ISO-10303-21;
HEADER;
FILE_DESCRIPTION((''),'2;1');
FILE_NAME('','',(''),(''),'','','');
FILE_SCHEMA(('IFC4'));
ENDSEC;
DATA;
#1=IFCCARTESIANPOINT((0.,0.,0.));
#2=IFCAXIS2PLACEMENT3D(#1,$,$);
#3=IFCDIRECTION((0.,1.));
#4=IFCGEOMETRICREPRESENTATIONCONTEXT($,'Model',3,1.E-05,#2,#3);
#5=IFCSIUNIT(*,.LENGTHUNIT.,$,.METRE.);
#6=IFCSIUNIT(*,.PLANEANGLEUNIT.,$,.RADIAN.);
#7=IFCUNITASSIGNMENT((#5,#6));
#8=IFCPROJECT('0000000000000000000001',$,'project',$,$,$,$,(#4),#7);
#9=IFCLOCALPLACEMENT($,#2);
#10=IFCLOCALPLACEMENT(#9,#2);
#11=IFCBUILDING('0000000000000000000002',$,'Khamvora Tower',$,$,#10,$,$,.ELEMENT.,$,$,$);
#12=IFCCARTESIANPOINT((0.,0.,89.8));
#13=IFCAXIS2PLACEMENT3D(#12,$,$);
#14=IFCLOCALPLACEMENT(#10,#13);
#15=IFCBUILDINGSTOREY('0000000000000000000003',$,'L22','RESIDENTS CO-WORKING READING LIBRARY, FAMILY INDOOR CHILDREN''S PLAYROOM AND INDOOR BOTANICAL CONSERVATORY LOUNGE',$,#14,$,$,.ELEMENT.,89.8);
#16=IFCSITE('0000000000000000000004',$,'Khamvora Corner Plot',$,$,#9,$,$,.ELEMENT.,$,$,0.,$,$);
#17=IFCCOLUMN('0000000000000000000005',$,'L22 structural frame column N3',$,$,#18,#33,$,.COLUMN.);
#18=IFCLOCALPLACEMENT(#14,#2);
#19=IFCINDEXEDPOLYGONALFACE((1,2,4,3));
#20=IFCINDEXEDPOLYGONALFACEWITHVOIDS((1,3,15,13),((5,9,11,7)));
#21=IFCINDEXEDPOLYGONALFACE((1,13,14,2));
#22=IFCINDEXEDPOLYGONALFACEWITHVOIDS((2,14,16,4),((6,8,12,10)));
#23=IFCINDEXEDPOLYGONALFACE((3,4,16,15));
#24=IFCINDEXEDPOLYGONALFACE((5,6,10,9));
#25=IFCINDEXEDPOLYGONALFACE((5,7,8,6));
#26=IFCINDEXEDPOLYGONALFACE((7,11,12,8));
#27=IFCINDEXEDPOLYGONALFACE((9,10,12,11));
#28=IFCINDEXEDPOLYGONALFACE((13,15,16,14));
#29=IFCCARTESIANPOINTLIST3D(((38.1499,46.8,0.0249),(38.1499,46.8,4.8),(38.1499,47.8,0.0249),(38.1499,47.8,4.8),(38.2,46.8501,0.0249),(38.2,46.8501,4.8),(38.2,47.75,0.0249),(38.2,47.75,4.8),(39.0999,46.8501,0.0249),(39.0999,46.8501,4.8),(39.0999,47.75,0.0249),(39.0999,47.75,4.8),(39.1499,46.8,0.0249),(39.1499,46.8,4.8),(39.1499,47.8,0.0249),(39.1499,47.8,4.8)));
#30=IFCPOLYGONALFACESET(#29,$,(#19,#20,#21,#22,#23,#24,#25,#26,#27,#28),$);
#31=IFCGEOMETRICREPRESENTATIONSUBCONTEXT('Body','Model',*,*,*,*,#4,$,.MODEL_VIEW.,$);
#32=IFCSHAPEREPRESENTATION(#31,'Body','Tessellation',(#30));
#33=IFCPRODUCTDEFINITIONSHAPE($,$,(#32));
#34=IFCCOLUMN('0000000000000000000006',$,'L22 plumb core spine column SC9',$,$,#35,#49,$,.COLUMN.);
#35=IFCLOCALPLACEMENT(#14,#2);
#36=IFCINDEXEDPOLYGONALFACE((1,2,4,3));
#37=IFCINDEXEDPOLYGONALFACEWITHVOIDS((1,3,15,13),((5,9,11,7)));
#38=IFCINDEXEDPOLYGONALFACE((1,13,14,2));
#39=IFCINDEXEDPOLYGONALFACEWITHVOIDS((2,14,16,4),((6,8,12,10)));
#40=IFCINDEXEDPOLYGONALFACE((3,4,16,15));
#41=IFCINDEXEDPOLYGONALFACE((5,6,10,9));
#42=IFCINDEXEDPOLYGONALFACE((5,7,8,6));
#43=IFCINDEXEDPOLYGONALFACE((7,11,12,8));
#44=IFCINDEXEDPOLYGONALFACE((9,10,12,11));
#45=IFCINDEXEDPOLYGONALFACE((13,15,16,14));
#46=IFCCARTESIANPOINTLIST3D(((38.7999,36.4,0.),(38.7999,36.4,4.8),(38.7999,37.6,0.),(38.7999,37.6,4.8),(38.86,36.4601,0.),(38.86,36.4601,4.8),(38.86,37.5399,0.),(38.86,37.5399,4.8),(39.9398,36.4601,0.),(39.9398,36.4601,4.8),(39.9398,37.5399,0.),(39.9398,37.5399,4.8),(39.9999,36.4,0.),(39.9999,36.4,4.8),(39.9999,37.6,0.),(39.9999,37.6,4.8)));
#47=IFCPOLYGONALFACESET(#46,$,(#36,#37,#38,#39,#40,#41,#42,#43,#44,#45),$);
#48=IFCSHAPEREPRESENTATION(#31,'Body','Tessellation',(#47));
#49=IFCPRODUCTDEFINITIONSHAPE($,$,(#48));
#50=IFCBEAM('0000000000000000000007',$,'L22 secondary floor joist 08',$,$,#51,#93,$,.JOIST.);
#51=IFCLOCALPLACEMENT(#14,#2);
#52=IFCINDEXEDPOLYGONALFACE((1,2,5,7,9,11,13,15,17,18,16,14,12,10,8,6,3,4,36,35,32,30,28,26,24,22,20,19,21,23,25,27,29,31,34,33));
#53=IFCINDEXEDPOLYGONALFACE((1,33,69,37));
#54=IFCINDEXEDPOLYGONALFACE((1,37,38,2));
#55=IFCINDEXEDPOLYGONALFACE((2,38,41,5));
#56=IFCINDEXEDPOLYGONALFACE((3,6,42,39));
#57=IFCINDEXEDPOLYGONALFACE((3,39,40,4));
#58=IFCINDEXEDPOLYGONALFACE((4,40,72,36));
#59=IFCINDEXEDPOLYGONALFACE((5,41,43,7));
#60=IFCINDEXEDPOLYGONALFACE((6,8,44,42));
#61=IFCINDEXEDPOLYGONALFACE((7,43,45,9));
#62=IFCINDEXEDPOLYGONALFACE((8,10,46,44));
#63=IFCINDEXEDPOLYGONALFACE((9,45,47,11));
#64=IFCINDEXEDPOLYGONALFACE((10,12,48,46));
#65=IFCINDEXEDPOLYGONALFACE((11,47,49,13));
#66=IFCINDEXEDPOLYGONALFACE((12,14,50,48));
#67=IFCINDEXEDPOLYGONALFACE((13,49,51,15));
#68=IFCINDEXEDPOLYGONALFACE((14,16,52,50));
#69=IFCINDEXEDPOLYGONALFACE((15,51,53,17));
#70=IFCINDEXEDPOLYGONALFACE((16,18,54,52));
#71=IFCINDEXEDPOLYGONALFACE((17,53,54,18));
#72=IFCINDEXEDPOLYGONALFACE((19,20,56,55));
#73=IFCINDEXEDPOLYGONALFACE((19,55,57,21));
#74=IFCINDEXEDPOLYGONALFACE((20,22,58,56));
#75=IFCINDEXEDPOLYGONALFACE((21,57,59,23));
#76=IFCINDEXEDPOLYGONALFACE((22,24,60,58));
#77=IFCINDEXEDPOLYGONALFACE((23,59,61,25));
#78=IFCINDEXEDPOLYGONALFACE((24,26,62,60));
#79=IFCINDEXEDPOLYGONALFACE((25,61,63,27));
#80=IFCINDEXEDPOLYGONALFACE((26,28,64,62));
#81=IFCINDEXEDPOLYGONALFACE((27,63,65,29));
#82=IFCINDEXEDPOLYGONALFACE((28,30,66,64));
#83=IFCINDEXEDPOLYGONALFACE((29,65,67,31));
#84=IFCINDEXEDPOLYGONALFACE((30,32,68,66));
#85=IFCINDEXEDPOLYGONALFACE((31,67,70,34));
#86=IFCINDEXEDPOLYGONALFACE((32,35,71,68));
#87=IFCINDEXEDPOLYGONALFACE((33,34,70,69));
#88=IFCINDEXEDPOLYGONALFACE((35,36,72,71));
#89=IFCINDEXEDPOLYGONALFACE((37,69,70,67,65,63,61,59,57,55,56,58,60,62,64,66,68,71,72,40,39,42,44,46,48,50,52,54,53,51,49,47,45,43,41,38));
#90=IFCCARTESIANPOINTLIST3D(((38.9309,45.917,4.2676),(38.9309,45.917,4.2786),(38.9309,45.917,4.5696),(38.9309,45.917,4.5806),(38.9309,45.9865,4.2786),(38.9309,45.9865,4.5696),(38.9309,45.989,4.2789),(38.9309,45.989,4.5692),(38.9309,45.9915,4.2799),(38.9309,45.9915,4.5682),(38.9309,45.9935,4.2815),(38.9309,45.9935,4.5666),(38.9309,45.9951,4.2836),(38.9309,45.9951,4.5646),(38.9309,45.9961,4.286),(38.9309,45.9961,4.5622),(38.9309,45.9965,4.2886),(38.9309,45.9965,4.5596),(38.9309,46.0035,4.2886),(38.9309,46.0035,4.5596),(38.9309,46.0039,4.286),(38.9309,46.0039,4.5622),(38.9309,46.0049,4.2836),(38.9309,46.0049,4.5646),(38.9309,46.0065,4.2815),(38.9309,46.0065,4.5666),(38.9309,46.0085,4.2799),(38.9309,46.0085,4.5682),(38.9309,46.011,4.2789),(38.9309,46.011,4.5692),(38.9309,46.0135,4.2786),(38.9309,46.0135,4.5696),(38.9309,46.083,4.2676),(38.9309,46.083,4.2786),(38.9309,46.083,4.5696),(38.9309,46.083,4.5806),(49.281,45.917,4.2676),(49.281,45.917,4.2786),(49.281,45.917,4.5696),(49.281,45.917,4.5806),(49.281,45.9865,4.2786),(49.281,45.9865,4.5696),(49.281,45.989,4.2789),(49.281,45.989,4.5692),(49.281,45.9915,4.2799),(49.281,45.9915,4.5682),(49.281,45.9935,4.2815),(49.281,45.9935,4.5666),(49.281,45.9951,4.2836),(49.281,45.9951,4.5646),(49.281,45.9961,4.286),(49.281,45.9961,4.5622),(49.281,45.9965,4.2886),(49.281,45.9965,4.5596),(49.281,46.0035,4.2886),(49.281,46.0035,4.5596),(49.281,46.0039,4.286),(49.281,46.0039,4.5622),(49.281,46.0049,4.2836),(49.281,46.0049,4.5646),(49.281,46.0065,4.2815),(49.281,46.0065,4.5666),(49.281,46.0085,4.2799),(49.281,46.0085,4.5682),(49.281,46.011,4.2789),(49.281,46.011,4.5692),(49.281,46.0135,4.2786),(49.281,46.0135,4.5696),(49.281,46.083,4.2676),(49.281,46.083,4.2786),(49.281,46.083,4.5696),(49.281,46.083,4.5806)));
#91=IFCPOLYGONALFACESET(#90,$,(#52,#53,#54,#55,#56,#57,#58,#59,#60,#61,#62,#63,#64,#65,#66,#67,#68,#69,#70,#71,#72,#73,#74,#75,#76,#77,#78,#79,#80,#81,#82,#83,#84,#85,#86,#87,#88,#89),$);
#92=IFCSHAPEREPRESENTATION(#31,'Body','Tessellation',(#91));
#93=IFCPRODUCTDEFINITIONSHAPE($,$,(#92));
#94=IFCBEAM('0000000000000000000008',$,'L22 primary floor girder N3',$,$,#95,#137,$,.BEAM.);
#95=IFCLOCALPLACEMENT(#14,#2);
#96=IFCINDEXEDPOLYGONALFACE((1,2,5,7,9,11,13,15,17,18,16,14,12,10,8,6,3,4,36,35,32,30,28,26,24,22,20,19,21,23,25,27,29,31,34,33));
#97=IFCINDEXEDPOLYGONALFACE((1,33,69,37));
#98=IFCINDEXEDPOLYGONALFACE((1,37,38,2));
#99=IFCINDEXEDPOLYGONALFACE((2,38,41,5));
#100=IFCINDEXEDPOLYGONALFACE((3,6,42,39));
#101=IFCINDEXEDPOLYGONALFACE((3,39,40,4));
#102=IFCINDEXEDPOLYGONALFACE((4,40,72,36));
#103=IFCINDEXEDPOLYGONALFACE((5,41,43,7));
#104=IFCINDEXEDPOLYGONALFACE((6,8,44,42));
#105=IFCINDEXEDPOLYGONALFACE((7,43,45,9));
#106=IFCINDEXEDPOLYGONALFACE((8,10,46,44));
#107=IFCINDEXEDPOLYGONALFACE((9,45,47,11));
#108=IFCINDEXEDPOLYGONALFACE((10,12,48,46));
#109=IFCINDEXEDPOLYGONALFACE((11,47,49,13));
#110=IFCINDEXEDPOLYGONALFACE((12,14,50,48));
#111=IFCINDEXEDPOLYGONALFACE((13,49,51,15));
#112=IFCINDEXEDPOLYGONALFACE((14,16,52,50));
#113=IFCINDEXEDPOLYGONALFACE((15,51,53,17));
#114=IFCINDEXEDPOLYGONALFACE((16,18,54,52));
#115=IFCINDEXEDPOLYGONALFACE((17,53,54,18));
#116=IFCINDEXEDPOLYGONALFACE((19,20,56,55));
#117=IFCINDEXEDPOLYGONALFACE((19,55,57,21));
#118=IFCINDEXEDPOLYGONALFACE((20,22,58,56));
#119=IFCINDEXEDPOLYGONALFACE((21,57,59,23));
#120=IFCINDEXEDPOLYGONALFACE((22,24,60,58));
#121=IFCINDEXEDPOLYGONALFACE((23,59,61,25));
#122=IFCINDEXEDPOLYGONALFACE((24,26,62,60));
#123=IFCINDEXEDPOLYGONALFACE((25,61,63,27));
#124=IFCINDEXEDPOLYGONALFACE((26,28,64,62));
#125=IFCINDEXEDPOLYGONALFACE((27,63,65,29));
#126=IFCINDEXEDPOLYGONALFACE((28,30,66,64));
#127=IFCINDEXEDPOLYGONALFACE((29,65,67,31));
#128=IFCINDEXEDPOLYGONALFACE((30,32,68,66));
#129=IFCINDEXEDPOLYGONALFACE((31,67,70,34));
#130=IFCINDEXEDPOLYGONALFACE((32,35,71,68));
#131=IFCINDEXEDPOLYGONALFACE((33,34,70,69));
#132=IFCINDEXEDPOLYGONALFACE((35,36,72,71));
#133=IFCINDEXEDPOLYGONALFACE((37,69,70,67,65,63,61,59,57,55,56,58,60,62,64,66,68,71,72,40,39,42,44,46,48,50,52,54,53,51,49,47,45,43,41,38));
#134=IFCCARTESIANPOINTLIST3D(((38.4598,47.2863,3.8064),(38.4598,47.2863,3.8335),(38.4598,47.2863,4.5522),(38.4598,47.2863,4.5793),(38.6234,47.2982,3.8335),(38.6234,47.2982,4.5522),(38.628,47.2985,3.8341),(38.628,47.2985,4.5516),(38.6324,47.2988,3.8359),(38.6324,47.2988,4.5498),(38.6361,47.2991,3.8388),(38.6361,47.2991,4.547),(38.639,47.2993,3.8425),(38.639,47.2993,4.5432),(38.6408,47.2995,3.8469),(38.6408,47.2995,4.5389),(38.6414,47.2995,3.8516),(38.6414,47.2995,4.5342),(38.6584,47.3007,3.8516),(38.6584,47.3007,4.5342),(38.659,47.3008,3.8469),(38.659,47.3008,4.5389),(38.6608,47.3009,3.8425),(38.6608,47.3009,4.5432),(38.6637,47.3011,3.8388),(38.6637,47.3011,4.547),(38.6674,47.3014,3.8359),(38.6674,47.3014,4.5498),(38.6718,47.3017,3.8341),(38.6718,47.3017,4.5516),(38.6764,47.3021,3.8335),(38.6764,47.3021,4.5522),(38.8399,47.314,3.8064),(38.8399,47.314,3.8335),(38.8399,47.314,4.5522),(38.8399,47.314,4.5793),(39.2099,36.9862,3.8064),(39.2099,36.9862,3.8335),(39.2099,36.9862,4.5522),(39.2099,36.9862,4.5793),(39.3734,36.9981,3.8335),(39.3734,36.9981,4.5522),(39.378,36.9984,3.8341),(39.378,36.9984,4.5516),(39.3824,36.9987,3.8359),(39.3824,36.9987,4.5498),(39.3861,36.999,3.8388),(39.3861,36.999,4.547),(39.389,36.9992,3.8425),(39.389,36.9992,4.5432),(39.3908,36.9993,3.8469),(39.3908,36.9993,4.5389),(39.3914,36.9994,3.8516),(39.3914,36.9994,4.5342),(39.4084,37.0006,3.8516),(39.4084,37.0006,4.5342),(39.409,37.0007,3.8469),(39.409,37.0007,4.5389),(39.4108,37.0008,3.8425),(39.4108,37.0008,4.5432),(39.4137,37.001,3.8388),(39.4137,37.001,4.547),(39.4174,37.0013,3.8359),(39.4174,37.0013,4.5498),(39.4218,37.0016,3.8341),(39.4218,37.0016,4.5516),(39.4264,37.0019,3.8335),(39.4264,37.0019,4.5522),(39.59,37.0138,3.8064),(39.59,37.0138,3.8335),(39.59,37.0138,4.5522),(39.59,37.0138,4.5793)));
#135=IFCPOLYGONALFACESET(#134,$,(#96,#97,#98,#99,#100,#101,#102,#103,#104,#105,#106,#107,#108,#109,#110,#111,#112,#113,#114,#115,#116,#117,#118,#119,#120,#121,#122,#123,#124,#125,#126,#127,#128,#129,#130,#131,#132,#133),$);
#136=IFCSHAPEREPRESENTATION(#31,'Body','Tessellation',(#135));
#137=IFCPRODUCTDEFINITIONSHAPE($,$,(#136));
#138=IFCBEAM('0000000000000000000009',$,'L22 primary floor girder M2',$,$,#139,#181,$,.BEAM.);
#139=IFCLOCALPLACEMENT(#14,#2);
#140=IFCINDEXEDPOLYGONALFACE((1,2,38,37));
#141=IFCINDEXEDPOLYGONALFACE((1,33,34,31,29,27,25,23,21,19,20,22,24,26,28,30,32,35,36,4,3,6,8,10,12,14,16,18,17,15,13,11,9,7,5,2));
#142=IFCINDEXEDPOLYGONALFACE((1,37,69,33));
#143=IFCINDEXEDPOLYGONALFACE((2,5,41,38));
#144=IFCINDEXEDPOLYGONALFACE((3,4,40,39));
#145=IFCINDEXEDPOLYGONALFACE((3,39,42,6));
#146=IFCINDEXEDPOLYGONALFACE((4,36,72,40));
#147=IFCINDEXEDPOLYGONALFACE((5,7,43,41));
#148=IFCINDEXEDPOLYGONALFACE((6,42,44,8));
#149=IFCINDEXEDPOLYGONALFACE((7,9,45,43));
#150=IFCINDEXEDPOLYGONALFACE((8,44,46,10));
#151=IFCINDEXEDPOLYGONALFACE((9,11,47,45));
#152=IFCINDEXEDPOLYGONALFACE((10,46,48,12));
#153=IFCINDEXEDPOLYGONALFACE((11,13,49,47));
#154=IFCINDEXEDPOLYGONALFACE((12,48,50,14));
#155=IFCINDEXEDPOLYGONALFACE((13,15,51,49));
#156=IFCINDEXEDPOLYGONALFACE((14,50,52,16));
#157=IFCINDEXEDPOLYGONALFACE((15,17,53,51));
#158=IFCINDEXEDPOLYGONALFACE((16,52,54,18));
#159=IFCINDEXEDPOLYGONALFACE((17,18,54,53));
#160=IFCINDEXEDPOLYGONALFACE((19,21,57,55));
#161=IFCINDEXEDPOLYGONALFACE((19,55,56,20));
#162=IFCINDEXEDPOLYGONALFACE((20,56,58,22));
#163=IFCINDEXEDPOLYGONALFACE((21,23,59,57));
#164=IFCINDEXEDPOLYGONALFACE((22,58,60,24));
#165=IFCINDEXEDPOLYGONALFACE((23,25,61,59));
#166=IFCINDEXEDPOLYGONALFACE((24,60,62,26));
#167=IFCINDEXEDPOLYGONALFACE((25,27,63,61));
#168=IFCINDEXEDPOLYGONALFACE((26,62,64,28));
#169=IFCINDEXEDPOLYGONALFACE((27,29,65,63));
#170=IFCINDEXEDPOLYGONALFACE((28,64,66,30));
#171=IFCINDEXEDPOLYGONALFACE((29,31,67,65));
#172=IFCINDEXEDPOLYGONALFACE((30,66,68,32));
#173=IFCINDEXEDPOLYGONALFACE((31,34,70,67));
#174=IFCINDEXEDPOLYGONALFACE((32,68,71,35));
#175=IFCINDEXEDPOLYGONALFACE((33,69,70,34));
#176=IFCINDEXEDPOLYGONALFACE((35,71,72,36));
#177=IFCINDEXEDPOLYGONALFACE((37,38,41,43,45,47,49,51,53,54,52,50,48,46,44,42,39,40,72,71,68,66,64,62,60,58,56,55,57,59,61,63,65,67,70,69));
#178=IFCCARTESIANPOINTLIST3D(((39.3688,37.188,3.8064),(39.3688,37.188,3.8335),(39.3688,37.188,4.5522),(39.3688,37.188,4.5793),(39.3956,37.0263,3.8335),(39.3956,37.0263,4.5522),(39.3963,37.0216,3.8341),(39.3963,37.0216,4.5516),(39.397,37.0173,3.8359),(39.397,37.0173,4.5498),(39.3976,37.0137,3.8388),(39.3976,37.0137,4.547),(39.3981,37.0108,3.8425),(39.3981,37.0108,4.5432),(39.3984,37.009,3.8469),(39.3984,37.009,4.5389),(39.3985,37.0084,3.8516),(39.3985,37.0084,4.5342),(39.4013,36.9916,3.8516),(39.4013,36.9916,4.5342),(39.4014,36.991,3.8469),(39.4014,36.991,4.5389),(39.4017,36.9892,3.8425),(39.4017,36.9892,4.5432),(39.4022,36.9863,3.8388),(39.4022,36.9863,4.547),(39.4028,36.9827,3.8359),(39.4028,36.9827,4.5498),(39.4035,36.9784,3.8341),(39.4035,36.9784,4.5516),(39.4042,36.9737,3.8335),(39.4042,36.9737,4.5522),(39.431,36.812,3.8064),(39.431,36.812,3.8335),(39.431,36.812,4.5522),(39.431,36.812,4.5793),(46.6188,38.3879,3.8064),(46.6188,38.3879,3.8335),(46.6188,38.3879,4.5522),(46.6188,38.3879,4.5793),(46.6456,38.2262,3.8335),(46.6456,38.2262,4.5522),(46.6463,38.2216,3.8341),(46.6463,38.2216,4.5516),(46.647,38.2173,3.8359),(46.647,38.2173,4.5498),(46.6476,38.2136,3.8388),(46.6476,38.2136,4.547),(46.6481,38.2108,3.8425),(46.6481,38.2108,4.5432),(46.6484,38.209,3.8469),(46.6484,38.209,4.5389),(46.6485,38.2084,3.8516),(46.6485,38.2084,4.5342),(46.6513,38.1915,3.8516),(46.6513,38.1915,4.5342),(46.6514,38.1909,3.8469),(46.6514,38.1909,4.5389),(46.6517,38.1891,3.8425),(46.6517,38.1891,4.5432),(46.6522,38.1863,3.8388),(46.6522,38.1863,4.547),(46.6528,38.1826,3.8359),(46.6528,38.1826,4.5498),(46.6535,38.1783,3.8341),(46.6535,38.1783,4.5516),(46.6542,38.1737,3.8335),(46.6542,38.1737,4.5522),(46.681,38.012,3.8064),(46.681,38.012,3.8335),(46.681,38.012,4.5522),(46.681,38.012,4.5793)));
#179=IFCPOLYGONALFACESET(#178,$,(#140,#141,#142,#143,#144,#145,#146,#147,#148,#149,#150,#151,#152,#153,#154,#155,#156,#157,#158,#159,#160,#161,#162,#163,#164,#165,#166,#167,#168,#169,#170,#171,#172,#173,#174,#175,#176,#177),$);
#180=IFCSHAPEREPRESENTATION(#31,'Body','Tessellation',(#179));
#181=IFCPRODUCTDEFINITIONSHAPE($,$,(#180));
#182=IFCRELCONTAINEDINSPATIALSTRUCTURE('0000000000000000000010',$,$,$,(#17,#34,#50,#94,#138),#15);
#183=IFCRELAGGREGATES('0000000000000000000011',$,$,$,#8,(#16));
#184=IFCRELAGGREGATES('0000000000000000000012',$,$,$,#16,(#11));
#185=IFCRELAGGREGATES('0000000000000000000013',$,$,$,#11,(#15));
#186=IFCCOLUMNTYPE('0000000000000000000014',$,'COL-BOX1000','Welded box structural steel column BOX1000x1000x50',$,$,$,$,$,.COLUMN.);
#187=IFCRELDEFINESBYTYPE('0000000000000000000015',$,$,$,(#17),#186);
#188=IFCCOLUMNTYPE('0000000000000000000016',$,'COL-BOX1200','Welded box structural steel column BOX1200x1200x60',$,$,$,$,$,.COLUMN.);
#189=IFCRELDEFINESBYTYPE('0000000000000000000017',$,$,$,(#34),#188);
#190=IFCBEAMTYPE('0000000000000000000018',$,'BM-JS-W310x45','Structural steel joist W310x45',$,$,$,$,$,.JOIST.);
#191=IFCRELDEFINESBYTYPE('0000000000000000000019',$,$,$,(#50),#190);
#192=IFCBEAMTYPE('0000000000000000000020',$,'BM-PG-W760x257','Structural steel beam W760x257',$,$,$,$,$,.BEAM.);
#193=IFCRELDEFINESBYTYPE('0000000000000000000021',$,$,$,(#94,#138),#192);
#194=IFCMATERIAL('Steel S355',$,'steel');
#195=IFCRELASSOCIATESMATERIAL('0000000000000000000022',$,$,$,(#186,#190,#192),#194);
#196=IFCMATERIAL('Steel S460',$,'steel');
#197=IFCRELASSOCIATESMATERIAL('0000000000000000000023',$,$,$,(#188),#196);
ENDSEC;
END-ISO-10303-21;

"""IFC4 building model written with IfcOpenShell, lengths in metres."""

from ifc_helpers import new_model, si_unit, direction, frame, origin, origin_2d, place, context, subcontext, project, spatial, hollow_rectangle, i_section, extrude, material, material_profile, profile_set, type_object, element, save


model = new_model("IFC4")

# Units and contexts
model_context = context("Model", 3, precision=1e-05, world=origin(), true_north=direction((0.0, 1.0)))
body_context = subcontext(model_context, "Body", "Model", "MODEL_VIEW")
ifc_project = project(units=[si_unit("LENGTHUNIT", "METRE"), si_unit("PLANEANGLEUNIT", "RADIAN")], contexts=[model_context])

# Site, building, storey
site_placement = place(None, origin())
site = spatial("IfcSite", under=ifc_project, at=site_placement, Name="Khamvora Corner Plot", CompositionType="ELEMENT", RefElevation=0.0)
building_placement = place(site_placement, origin())
building = spatial("IfcBuilding", under=site, at=building_placement, Name="Khamvora Tower", CompositionType="ELEMENT")
storey_placement = place(building_placement, frame((0.0, 0.0, 89.8)))
storey = spatial("IfcBuildingStorey", under=building, at=storey_placement, Name="L22", Description="RESIDENTS CO-WORKING READING LIBRARY, FAMILY INDOOR CHILDREN'S PLAYROOM AND INDOOR BOTANICAL CONSERVATORY LOUNGE", CompositionType="ELEMENT", Elevation=89.8)

# Columns
ifc_material_1 = material(Name="Steel S355", Category="steel")
ifc_material_profile_1 = material_profile(ifc_material_1, hollow_rectangle(XDim=1.0, YDim=1.0, WallThickness=0.05, at=origin_2d()), Name="BOX1000x1000x50")
ifc_profile_set_1 = profile_set([ifc_material_profile_1], Name="Steel S355")
column_type_1 = type_object("IfcColumnType", Name="COL-BOX1000", Description="Welded box structural steel column BOX1000x1000x50", PredefinedType="COLUMN", material=ifc_profile_set_1)
column_1_placement = place(storey_placement, frame((38.6499, 47.3, 0.0249), z_axis=(0.0, 0.0, 1.0), x_axis=(1.0, 0.0, 0.0)))
element("IfcColumn", 1, at=column_1_placement, inside=storey, type_object=column_type_1, Name="L22 structural frame column N3", PredefinedType="COLUMN", context=body_context, shape_type="SweptSolid", body=[
    extrude(hollow_rectangle(XDim=1.0, YDim=1.0, WallThickness=0.05, at=origin_2d()), origin(), (0.0, 0.0, 1.0), 4.7751),
])
ifc_material_2 = material(Name="Steel S460", Category="steel")
ifc_material_profile_2 = material_profile(ifc_material_2, hollow_rectangle(XDim=1.2, YDim=1.2, WallThickness=0.0601, at=origin_2d()), Name="BOX1200x1200x60")
ifc_profile_set_2 = profile_set([ifc_material_profile_2], Name="Steel S460")
column_type_2 = type_object("IfcColumnType", Name="COL-BOX1200", Description="Welded box structural steel column BOX1200x1200x60", PredefinedType="COLUMN", material=ifc_profile_set_2)
column_2_placement = place(storey_placement, frame((39.3999, 37.0, 0.0), z_axis=(0.0, 0.0, 1.0), x_axis=(1.0, 0.0, 0.0)))
element("IfcColumn", 2, at=column_2_placement, inside=storey, type_object=column_type_2, Name="L22 plumb core spine column SC9", PredefinedType="COLUMN", context=body_context, shape_type="SweptSolid", body=[
    extrude(hollow_rectangle(XDim=1.2, YDim=1.2, WallThickness=0.0601, at=origin_2d()), origin(), (0.0, 0.0, 1.0), 4.8),
])

# Beams
ifc_material_profile_3 = material_profile(ifc_material_1, i_section(OverallWidth=0.166, OverallDepth=0.313, WebThickness=0.0071, FlangeThickness=0.011, FilletRadius=0.01, at=origin_2d()), Name="W310x45")
ifc_profile_set_3 = profile_set([ifc_material_profile_3], Name="Steel S355")
beam_type_1 = type_object("IfcBeamType", Name="BM-JS-W310x45", Description="Structural steel joist W310x45", PredefinedType="JOIST", material=ifc_profile_set_3)
beam_1_placement = place(storey_placement, frame((38.9309, 46.0, 4.4241), z_axis=(1.0, 0.0, 0.0), x_axis=(0.0, 1.0, 0.0)))
element("IfcBeam", 3, at=beam_1_placement, inside=storey, type_object=beam_type_1, Name="L22 secondary floor joist 08", PredefinedType="JOIST", context=body_context, shape_type="SweptSolid", body=[
    extrude(i_section(OverallWidth=0.166, OverallDepth=0.313, WebThickness=0.0071, FlangeThickness=0.011, FilletRadius=0.01, at=origin_2d()), origin(), (0.0, 0.0, 1.0), 10.3501),
])
ifc_material_profile_4 = material_profile(ifc_material_1, i_section(OverallWidth=0.3811, OverallDepth=0.7729, WebThickness=0.0171, FlangeThickness=0.0271, FilletRadius=0.0181, at=origin_2d()), Name="W760x257")
ifc_profile_set_4 = profile_set([ifc_material_profile_4], Name="Steel S355")
beam_type_2 = type_object("IfcBeamType", Name="BM-PG-W760x257", Description="Structural steel beam W760x257", PredefinedType="BEAM", material=ifc_profile_set_4)
beam_2_placement = place(storey_placement, frame((39.3999, 37.0, 4.1929), z_axis=(-0.072623, 0.997359, 0.0), x_axis=(-0.997359, -0.072623, 0.0)))
element("IfcBeam", 4, at=beam_2_placement, inside=storey, type_object=beam_type_2, Name="L22 primary floor girder N3", PredefinedType="BEAM", context=body_context, shape_type="SweptSolid", body=[
    extrude(i_section(OverallWidth=0.3811, OverallDepth=0.7729, WebThickness=0.0171, FlangeThickness=0.0271, FilletRadius=0.0181, at=origin_2d()), origin(), (0.0, 0.0, 1.0), 10.3274),
])
beam_3_placement = place(storey_placement, frame((39.3999, 37.0, 4.1929), z_axis=(0.986578, 0.163289, 0.0), x_axis=(-0.163289, 0.986578, 0.0)))
element("IfcBeam", 5, at=beam_3_placement, inside=storey, type_object=beam_type_2, Name="L22 primary floor girder M2", PredefinedType="BEAM", context=body_context, shape_type="SweptSolid", body=[
    extrude(i_section(OverallWidth=0.3811, OverallDepth=0.7729, WebThickness=0.0171, FlangeThickness=0.0271, FilletRadius=0.0181, at=origin_2d()), origin(), (0.0, 0.0, 1.0), 7.3486),
])

save(model, "model.ifc")
